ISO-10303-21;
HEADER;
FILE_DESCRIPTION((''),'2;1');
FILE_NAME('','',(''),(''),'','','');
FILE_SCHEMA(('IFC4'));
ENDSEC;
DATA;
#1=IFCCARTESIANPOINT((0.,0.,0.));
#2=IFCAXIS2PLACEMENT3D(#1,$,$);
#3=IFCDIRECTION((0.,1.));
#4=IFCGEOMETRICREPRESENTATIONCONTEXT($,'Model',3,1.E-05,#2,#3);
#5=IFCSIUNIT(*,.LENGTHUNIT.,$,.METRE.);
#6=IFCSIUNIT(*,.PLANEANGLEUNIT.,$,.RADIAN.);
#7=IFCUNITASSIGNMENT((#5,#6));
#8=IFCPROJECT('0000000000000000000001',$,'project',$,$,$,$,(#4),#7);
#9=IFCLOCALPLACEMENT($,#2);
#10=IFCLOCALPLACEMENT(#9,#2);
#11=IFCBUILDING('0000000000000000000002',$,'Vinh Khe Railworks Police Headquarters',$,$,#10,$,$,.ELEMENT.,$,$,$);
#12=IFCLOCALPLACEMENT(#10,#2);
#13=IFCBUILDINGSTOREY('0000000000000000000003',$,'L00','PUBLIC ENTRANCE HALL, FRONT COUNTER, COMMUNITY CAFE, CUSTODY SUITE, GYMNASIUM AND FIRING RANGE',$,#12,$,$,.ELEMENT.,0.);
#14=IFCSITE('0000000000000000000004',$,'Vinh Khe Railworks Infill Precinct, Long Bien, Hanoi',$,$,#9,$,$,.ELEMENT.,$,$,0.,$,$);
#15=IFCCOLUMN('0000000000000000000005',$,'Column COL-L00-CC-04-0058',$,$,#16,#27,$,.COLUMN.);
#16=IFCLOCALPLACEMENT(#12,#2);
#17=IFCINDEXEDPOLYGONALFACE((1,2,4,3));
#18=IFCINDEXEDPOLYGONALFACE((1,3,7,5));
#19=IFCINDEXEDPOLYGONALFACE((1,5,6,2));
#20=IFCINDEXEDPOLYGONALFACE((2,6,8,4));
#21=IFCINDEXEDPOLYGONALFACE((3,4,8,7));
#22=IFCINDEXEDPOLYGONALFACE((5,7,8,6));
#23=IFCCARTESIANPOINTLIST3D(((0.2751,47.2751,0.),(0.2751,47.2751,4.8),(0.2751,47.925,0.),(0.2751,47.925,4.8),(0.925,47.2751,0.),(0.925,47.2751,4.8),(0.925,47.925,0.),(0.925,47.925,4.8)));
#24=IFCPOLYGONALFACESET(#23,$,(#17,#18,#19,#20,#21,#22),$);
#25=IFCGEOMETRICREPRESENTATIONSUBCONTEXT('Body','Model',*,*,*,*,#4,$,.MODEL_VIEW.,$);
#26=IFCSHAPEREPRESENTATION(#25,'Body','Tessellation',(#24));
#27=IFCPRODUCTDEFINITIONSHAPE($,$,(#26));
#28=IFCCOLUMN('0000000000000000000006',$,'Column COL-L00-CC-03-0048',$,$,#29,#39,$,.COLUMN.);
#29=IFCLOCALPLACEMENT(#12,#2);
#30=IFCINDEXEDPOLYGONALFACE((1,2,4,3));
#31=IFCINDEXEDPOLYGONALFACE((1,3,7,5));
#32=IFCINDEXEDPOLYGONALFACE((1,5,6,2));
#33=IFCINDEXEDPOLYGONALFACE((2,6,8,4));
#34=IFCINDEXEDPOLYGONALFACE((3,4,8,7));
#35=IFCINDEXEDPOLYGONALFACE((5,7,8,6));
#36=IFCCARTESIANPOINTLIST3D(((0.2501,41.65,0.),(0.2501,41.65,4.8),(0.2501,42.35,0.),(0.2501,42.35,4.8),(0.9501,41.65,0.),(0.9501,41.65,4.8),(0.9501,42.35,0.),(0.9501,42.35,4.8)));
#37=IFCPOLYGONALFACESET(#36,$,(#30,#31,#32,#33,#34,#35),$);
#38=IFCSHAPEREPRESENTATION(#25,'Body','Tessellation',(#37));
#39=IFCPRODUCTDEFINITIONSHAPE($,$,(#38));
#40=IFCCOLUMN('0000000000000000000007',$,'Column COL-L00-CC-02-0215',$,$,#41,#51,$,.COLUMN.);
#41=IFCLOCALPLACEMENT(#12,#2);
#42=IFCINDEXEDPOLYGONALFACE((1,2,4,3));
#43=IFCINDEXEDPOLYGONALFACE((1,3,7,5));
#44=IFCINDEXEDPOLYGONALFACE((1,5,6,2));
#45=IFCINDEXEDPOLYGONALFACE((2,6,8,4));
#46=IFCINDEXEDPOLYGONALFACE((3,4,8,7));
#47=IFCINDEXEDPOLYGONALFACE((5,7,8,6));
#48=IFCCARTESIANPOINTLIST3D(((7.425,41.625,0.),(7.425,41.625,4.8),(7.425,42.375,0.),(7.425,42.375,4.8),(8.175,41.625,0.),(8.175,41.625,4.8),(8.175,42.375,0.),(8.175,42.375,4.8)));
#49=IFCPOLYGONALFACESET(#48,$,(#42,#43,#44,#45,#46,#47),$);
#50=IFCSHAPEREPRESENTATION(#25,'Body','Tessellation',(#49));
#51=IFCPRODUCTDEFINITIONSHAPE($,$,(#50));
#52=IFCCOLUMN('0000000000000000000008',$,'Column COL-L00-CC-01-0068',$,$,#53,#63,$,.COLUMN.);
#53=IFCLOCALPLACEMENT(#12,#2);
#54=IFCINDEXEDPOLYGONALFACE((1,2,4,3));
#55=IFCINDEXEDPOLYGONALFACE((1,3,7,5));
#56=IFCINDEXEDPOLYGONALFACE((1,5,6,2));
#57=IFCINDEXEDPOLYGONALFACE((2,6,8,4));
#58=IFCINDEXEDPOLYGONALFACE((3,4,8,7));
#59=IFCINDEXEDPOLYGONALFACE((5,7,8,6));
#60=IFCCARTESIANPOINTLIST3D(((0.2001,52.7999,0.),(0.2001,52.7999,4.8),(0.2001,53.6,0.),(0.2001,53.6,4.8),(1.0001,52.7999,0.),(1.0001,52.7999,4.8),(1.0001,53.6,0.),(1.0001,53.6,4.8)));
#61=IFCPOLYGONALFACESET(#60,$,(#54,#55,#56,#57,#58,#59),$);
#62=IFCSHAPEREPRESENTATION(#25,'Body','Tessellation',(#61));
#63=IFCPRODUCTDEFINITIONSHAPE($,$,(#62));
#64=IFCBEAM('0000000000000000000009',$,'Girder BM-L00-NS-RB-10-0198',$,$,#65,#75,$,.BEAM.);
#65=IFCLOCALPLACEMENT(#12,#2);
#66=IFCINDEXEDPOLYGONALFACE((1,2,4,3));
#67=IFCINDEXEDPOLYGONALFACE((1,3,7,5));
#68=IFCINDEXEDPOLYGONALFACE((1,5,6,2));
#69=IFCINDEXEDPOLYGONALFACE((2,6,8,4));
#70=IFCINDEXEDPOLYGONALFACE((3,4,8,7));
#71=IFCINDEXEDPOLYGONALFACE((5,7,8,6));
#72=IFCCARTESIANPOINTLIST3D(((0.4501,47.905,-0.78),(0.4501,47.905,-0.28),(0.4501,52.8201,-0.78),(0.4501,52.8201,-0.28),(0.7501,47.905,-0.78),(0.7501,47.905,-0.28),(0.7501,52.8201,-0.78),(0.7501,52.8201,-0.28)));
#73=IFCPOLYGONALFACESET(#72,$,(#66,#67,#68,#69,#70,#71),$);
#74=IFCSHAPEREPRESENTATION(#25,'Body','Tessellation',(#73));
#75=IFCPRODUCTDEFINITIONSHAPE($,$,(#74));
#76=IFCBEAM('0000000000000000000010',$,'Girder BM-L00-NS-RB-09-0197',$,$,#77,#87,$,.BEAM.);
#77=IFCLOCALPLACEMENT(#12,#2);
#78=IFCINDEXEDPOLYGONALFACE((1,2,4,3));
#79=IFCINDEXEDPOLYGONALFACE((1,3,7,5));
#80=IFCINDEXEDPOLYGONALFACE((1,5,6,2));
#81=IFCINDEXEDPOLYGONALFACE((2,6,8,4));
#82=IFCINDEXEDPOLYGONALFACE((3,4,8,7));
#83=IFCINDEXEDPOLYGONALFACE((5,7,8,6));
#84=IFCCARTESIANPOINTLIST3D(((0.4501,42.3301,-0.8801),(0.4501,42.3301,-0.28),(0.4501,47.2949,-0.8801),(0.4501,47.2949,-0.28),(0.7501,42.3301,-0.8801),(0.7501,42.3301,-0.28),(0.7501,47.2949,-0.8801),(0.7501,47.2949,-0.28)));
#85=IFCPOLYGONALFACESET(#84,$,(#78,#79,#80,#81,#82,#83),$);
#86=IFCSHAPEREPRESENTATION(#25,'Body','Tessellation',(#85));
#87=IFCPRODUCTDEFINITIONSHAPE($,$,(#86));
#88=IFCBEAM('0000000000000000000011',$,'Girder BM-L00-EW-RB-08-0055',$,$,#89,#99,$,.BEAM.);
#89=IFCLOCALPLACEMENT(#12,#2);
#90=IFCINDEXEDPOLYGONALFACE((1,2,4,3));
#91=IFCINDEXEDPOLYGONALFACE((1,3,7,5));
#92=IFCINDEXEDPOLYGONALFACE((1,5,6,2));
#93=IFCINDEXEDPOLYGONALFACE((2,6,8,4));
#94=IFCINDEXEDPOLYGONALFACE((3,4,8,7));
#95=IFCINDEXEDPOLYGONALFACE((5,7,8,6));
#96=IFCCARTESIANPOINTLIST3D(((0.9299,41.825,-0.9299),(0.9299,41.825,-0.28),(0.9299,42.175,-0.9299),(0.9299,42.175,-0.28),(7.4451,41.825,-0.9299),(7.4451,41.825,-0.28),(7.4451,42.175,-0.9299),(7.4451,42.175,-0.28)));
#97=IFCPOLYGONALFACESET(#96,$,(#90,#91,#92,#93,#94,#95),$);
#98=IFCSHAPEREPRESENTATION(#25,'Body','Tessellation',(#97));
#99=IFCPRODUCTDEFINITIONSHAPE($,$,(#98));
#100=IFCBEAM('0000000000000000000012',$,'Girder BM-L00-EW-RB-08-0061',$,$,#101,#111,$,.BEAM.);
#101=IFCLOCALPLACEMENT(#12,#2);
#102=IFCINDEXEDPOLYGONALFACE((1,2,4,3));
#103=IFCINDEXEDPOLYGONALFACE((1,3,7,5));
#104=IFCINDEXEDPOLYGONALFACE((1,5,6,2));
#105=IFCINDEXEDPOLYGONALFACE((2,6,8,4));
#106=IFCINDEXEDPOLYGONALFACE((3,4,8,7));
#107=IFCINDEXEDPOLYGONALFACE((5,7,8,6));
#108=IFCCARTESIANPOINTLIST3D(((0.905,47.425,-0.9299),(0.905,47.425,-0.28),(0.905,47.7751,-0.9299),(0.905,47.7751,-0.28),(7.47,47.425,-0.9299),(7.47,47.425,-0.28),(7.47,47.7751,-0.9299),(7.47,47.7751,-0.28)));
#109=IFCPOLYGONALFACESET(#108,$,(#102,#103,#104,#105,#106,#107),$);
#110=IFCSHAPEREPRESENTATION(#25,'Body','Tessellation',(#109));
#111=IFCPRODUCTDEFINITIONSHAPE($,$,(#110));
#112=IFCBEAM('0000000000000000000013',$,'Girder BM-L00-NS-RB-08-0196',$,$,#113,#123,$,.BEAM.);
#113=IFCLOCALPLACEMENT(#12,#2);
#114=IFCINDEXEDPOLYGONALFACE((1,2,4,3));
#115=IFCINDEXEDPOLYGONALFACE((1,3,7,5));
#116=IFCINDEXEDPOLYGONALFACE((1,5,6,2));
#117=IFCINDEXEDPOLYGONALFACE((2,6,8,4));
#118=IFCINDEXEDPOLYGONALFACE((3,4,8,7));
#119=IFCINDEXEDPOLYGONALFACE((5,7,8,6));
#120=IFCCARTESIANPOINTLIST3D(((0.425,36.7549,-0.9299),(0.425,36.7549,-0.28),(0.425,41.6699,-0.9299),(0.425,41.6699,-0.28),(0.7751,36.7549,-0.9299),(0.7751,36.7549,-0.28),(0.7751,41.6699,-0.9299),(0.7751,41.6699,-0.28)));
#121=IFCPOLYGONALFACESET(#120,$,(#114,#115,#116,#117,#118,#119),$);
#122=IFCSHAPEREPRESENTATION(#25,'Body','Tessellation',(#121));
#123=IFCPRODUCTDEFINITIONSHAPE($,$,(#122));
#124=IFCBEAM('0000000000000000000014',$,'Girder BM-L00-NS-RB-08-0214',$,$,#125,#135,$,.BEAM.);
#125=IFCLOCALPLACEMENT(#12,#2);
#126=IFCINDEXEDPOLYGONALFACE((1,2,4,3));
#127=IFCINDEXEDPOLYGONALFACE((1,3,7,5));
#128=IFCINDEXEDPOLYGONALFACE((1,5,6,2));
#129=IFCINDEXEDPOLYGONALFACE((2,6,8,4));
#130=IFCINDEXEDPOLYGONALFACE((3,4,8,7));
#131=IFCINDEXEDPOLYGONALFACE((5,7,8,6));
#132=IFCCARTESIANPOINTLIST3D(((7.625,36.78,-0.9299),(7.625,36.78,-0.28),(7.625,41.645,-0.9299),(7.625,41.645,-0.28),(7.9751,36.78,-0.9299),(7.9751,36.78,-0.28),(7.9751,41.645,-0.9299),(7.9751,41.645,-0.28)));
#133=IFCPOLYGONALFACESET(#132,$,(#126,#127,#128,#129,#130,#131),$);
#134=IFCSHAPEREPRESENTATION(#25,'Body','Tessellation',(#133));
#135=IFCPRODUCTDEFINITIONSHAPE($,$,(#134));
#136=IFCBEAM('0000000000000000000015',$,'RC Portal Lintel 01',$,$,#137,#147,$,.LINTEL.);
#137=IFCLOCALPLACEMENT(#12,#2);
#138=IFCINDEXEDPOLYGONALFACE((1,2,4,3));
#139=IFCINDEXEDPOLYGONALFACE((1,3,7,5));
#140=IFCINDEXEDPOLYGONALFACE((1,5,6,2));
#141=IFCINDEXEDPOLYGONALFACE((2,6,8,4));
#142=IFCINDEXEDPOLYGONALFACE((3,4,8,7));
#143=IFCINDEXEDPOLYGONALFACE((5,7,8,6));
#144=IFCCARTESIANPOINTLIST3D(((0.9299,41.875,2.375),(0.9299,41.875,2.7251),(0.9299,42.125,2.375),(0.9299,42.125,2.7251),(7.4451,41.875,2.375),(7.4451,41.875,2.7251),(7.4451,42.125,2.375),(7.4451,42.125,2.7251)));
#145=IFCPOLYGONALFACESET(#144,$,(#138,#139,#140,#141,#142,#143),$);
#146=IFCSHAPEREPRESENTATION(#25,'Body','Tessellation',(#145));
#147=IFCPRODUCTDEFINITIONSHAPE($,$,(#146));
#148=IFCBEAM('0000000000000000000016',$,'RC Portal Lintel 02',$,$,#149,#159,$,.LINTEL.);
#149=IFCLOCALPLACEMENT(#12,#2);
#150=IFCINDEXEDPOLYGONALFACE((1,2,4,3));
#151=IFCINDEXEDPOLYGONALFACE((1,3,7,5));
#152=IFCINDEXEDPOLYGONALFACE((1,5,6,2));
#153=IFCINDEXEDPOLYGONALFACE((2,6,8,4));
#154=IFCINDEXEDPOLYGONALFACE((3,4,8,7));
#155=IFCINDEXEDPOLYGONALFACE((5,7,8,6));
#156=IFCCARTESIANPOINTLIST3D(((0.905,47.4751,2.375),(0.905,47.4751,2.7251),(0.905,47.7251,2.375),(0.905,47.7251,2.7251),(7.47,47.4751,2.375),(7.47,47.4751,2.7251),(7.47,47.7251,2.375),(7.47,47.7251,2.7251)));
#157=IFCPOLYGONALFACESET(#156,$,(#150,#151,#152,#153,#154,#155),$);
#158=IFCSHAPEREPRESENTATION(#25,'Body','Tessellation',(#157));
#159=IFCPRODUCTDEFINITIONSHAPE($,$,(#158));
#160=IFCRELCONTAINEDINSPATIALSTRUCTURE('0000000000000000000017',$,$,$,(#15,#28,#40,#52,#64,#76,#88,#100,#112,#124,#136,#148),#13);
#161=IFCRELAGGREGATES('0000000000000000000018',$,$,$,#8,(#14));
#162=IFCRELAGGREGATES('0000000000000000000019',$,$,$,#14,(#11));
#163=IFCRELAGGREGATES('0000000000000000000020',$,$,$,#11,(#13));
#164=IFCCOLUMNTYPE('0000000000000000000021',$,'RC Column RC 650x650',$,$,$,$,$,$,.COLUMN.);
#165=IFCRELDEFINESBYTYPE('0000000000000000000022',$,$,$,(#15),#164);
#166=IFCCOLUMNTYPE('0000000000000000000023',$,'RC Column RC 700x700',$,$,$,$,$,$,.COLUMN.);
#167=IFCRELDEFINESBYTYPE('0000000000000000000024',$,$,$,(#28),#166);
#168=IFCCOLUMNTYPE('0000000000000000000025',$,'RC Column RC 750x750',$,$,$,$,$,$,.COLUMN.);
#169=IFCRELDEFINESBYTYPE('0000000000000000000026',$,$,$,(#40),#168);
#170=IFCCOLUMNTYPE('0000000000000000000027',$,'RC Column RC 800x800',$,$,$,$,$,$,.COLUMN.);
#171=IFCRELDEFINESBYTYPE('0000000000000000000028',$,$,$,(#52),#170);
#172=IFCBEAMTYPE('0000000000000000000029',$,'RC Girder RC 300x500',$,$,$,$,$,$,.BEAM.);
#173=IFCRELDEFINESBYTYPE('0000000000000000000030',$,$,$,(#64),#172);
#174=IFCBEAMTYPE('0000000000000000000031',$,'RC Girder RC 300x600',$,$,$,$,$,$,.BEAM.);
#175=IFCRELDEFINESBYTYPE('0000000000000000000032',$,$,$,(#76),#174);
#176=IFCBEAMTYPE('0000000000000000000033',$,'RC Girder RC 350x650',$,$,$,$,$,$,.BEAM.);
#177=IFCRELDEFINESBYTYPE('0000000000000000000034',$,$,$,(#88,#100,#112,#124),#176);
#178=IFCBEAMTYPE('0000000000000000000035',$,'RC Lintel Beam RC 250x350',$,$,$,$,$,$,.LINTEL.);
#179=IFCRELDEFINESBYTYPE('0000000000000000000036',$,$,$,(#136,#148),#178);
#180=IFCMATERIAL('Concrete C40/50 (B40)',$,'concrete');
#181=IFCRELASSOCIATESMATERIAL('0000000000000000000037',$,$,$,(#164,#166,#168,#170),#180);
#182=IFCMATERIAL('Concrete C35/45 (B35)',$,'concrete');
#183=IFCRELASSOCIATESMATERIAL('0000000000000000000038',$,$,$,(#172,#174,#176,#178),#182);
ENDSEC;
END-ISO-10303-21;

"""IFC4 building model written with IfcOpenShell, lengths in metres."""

from ifc_helpers import new_model, si_unit, direction, frame, origin, origin_2d, place, context, subcontext, project, spatial, rectangle, extrude, material, material_profile, profile_set, type_object, element, save


model = new_model("IFC4")

# Units and contexts
model_context = context("Model", 3, precision=1e-05, world=origin(), true_north=direction((0.0, 1.0)))
body_context = subcontext(model_context, "Body", "Model", "MODEL_VIEW")
ifc_project = project(units=[si_unit("LENGTHUNIT", "METRE"), si_unit("PLANEANGLEUNIT", "RADIAN")], contexts=[model_context])

# Site, building, storey
site_placement = place(None, origin())
site = spatial("IfcSite", under=ifc_project, at=site_placement, Name="Vinh Khe Railworks Infill Precinct, Long Bien, Hanoi", CompositionType="ELEMENT", RefElevation=0.0)
building_placement = place(site_placement, origin())
building = spatial("IfcBuilding", under=site, at=building_placement, Name="Vinh Khe Railworks Police Headquarters", CompositionType="ELEMENT")
storey_placement = place(building_placement, origin())
storey = spatial("IfcBuildingStorey", under=building, at=storey_placement, Name="L00", Description="PUBLIC ENTRANCE HALL, FRONT COUNTER, COMMUNITY CAFE, CUSTODY SUITE, GYMNASIUM AND FIRING RANGE", CompositionType="ELEMENT", Elevation=0.0)

# Columns
ifc_material_1 = material(Name="Concrete C40/50 (B40)", Category="concrete")
ifc_material_profile_1 = material_profile(ifc_material_1, rectangle(XDim=0.6499, YDim=0.6499, at=origin_2d()), Name="RC 650x650")
ifc_profile_set_1 = profile_set([ifc_material_profile_1], Name="Concrete C40/50 (B40)")
column_type_1 = type_object("IfcColumnType", Name="RC Column RC 650x650", PredefinedType="COLUMN", material=ifc_profile_set_1)
column_1_placement = place(storey_placement, frame((0.6001, 47.6001, 0.0), z_axis=(0.0, 0.0, 1.0), x_axis=(1.0, 0.0, 0.0)))
element("IfcColumn", 1, at=column_1_placement, inside=storey, type_object=column_type_1, Name="Column COL-L00-CC-04-0058", PredefinedType="COLUMN", context=body_context, shape_type="SweptSolid", body=[
    extrude(rectangle(XDim=0.6499, YDim=0.6499, at=origin_2d()), origin(), (0.0, 0.0, 1.0), 4.8),
])
ifc_material_profile_2 = material_profile(ifc_material_1, rectangle(XDim=0.7, YDim=0.7, at=origin_2d()), Name="RC 700x700")
ifc_profile_set_2 = profile_set([ifc_material_profile_2], Name="Concrete C40/50 (B40)")
column_type_2 = type_object("IfcColumnType", Name="RC Column RC 700x700", PredefinedType="COLUMN", material=ifc_profile_set_2)
column_2_placement = place(storey_placement, frame((0.6001, 42.0, 0.0), z_axis=(0.0, 0.0, 1.0), x_axis=(1.0, 0.0, 0.0)))
element("IfcColumn", 2, at=column_2_placement, inside=storey, type_object=column_type_2, Name="Column COL-L00-CC-03-0048", PredefinedType="COLUMN", context=body_context, shape_type="SweptSolid", body=[
    extrude(rectangle(XDim=0.7, YDim=0.7, at=origin_2d()), origin(), (0.0, 0.0, 1.0), 4.8),
])
ifc_material_profile_3 = material_profile(ifc_material_1, rectangle(XDim=0.75, YDim=0.75, at=origin_2d()), Name="RC 750x750")
ifc_profile_set_3 = profile_set([ifc_material_profile_3], Name="Concrete C40/50 (B40)")
column_type_3 = type_object("IfcColumnType", Name="RC Column RC 750x750", PredefinedType="COLUMN", material=ifc_profile_set_3)
column_3_placement = place(storey_placement, frame((7.8, 42.0, 0.0), z_axis=(0.0, 0.0, 1.0), x_axis=(1.0, 0.0, 0.0)))
element("IfcColumn", 3, at=column_3_placement, inside=storey, type_object=column_type_3, Name="Column COL-L00-CC-02-0215", PredefinedType="COLUMN", context=body_context, shape_type="SweptSolid", body=[
    extrude(rectangle(XDim=0.75, YDim=0.75, at=origin_2d()), origin(), (0.0, 0.0, 1.0), 4.8),
])
ifc_material_profile_4 = material_profile(ifc_material_1, rectangle(XDim=0.8, YDim=0.8, at=origin_2d()), Name="RC 800x800")
ifc_profile_set_4 = profile_set([ifc_material_profile_4], Name="Concrete C40/50 (B40)")
column_type_4 = type_object("IfcColumnType", Name="RC Column RC 800x800", PredefinedType="COLUMN", material=ifc_profile_set_4)
column_4_placement = place(storey_placement, frame((0.6001, 53.2, 0.0), z_axis=(0.0, 0.0, 1.0), x_axis=(1.0, 0.0, 0.0)))
element("IfcColumn", 4, at=column_4_placement, inside=storey, type_object=column_type_4, Name="Column COL-L00-CC-01-0068", PredefinedType="COLUMN", context=body_context, shape_type="SweptSolid", body=[
    extrude(rectangle(XDim=0.8, YDim=0.8, at=origin_2d()), origin(), (0.0, 0.0, 1.0), 4.8),
])

# Beams
ifc_material_2 = material(Name="Concrete C35/45 (B35)", Category="concrete")
ifc_material_profile_5 = material_profile(ifc_material_2, rectangle(XDim=0.3, YDim=0.5, at=origin_2d()), Name="RC 300x500")
ifc_profile_set_5 = profile_set([ifc_material_profile_5], Name="Concrete C35/45 (B35)")
beam_type_1 = type_object("IfcBeamType", Name="RC Girder RC 300x500", PredefinedType="BEAM", material=ifc_profile_set_5)
beam_1_placement = place(storey_placement, frame((0.6001, 47.905, -0.53), z_axis=(0.0, 1.0, 0.0), x_axis=(-1.0, 0.0, 0.0)))
element("IfcBeam", 5, at=beam_1_placement, inside=storey, type_object=beam_type_1, Name="Girder BM-L00-NS-RB-10-0198", PredefinedType="BEAM", context=body_context, shape_type="SweptSolid", body=[
    extrude(rectangle(XDim=0.3, YDim=0.5, at=origin_2d()), origin(), (0.0, 0.0, 1.0), 4.915),
])
ifc_material_profile_6 = material_profile(ifc_material_2, rectangle(XDim=0.3, YDim=0.6001, at=origin_2d()), Name="RC 300x600")
ifc_profile_set_6 = profile_set([ifc_material_profile_6], Name="Concrete C35/45 (B35)")
beam_type_2 = type_object("IfcBeamType", Name="RC Girder RC 300x600", PredefinedType="BEAM", material=ifc_profile_set_6)
beam_2_placement = place(storey_placement, frame((0.6001, 42.3301, -0.5801), z_axis=(0.0, 1.0, 0.0), x_axis=(-1.0, 0.0, 0.0)))
element("IfcBeam", 6, at=beam_2_placement, inside=storey, type_object=beam_type_2, Name="Girder BM-L00-NS-RB-09-0197", PredefinedType="BEAM", context=body_context, shape_type="SweptSolid", body=[
    extrude(rectangle(XDim=0.3, YDim=0.6001, at=origin_2d()), origin(), (0.0, 0.0, 1.0), 4.9648),
])
ifc_material_profile_7 = material_profile(ifc_material_2, rectangle(XDim=0.3501, YDim=0.6499, at=origin_2d()), Name="RC 350x650")
ifc_profile_set_7 = profile_set([ifc_material_profile_7], Name="Concrete C35/45 (B35)")
beam_type_3 = type_object("IfcBeamType", Name="RC Girder RC 350x650", PredefinedType="BEAM", material=ifc_profile_set_7)
beam_3_placement = place(storey_placement, frame((0.9299, 42.0, -0.605), z_axis=(1.0, 0.0, 0.0), x_axis=(0.0, 1.0, 0.0)))
element("IfcBeam", 7, at=beam_3_placement, inside=storey, type_object=beam_type_3, Name="Girder BM-L00-EW-RB-08-0055", PredefinedType="BEAM", context=body_context, shape_type="SweptSolid", body=[
    extrude(rectangle(XDim=0.3501, YDim=0.6499, at=origin_2d()), origin(), (0.0, 0.0, 1.0), 6.5151),
])
beam_4_placement = place(storey_placement, frame((0.905, 47.6001, -0.605), z_axis=(1.0, 0.0, 0.0), x_axis=(0.0, 1.0, 0.0)))
element("IfcBeam", 8, at=beam_4_placement, inside=storey, type_object=beam_type_3, Name="Girder BM-L00-EW-RB-08-0061", PredefinedType="BEAM", context=body_context, shape_type="SweptSolid", body=[
    extrude(rectangle(XDim=0.3501, YDim=0.6499, at=origin_2d()), origin(), (0.0, 0.0, 1.0), 6.5649),
])
beam_5_placement = place(storey_placement, frame((0.6001, 36.7549, -0.605), z_axis=(0.0, 1.0, 0.0), x_axis=(-1.0, 0.0, 0.0)))
element("IfcBeam", 9, at=beam_5_placement, inside=storey, type_object=beam_type_3, Name="Girder BM-L00-NS-RB-08-0196", PredefinedType="BEAM", context=body_context, shape_type="SweptSolid", body=[
    extrude(rectangle(XDim=0.3501, YDim=0.6499, at=origin_2d()), origin(), (0.0, 0.0, 1.0), 4.915),
])
beam_6_placement = place(storey_placement, frame((7.8, 36.78, -0.605), z_axis=(0.0, 1.0, 0.0), x_axis=(-1.0, 0.0, 0.0)))
element("IfcBeam", 10, at=beam_6_placement, inside=storey, type_object=beam_type_3, Name="Girder BM-L00-NS-RB-08-0214", PredefinedType="BEAM", context=body_context, shape_type="SweptSolid", body=[
    extrude(rectangle(XDim=0.3501, YDim=0.6499, at=origin_2d()), origin(), (0.0, 0.0, 1.0), 4.865),
])
ifc_material_profile_8 = material_profile(ifc_material_2, rectangle(XDim=0.25, YDim=0.3501, at=origin_2d()), Name="RC 250x350")
ifc_profile_set_8 = profile_set([ifc_material_profile_8], Name="Concrete C35/45 (B35)")
beam_type_4 = type_object("IfcBeamType", Name="RC Lintel Beam RC 250x350", PredefinedType="LINTEL", material=ifc_profile_set_8)
beam_7_placement = place(storey_placement, frame((0.9299, 42.0, 2.55), z_axis=(1.0, 0.0, 0.0), x_axis=(0.0, 1.0, 0.0)))
element("IfcBeam", 11, at=beam_7_placement, inside=storey, type_object=beam_type_4, Name="RC Portal Lintel 01", PredefinedType="LINTEL", context=body_context, shape_type="SweptSolid", body=[
    extrude(rectangle(XDim=0.25, YDim=0.3501, at=origin_2d()), origin(), (0.0, 0.0, 1.0), 6.5151),
])
beam_8_placement = place(storey_placement, frame((0.905, 47.6001, 2.55), z_axis=(1.0, 0.0, 0.0), x_axis=(0.0, 1.0, 0.0)))
element("IfcBeam", 12, at=beam_8_placement, inside=storey, type_object=beam_type_4, Name="RC Portal Lintel 02", PredefinedType="LINTEL", context=body_context, shape_type="SweptSolid", body=[
    extrude(rectangle(XDim=0.25, YDim=0.3501, at=origin_2d()), origin(), (0.0, 0.0, 1.0), 6.5649),
])

save(model, "model.ifc")
